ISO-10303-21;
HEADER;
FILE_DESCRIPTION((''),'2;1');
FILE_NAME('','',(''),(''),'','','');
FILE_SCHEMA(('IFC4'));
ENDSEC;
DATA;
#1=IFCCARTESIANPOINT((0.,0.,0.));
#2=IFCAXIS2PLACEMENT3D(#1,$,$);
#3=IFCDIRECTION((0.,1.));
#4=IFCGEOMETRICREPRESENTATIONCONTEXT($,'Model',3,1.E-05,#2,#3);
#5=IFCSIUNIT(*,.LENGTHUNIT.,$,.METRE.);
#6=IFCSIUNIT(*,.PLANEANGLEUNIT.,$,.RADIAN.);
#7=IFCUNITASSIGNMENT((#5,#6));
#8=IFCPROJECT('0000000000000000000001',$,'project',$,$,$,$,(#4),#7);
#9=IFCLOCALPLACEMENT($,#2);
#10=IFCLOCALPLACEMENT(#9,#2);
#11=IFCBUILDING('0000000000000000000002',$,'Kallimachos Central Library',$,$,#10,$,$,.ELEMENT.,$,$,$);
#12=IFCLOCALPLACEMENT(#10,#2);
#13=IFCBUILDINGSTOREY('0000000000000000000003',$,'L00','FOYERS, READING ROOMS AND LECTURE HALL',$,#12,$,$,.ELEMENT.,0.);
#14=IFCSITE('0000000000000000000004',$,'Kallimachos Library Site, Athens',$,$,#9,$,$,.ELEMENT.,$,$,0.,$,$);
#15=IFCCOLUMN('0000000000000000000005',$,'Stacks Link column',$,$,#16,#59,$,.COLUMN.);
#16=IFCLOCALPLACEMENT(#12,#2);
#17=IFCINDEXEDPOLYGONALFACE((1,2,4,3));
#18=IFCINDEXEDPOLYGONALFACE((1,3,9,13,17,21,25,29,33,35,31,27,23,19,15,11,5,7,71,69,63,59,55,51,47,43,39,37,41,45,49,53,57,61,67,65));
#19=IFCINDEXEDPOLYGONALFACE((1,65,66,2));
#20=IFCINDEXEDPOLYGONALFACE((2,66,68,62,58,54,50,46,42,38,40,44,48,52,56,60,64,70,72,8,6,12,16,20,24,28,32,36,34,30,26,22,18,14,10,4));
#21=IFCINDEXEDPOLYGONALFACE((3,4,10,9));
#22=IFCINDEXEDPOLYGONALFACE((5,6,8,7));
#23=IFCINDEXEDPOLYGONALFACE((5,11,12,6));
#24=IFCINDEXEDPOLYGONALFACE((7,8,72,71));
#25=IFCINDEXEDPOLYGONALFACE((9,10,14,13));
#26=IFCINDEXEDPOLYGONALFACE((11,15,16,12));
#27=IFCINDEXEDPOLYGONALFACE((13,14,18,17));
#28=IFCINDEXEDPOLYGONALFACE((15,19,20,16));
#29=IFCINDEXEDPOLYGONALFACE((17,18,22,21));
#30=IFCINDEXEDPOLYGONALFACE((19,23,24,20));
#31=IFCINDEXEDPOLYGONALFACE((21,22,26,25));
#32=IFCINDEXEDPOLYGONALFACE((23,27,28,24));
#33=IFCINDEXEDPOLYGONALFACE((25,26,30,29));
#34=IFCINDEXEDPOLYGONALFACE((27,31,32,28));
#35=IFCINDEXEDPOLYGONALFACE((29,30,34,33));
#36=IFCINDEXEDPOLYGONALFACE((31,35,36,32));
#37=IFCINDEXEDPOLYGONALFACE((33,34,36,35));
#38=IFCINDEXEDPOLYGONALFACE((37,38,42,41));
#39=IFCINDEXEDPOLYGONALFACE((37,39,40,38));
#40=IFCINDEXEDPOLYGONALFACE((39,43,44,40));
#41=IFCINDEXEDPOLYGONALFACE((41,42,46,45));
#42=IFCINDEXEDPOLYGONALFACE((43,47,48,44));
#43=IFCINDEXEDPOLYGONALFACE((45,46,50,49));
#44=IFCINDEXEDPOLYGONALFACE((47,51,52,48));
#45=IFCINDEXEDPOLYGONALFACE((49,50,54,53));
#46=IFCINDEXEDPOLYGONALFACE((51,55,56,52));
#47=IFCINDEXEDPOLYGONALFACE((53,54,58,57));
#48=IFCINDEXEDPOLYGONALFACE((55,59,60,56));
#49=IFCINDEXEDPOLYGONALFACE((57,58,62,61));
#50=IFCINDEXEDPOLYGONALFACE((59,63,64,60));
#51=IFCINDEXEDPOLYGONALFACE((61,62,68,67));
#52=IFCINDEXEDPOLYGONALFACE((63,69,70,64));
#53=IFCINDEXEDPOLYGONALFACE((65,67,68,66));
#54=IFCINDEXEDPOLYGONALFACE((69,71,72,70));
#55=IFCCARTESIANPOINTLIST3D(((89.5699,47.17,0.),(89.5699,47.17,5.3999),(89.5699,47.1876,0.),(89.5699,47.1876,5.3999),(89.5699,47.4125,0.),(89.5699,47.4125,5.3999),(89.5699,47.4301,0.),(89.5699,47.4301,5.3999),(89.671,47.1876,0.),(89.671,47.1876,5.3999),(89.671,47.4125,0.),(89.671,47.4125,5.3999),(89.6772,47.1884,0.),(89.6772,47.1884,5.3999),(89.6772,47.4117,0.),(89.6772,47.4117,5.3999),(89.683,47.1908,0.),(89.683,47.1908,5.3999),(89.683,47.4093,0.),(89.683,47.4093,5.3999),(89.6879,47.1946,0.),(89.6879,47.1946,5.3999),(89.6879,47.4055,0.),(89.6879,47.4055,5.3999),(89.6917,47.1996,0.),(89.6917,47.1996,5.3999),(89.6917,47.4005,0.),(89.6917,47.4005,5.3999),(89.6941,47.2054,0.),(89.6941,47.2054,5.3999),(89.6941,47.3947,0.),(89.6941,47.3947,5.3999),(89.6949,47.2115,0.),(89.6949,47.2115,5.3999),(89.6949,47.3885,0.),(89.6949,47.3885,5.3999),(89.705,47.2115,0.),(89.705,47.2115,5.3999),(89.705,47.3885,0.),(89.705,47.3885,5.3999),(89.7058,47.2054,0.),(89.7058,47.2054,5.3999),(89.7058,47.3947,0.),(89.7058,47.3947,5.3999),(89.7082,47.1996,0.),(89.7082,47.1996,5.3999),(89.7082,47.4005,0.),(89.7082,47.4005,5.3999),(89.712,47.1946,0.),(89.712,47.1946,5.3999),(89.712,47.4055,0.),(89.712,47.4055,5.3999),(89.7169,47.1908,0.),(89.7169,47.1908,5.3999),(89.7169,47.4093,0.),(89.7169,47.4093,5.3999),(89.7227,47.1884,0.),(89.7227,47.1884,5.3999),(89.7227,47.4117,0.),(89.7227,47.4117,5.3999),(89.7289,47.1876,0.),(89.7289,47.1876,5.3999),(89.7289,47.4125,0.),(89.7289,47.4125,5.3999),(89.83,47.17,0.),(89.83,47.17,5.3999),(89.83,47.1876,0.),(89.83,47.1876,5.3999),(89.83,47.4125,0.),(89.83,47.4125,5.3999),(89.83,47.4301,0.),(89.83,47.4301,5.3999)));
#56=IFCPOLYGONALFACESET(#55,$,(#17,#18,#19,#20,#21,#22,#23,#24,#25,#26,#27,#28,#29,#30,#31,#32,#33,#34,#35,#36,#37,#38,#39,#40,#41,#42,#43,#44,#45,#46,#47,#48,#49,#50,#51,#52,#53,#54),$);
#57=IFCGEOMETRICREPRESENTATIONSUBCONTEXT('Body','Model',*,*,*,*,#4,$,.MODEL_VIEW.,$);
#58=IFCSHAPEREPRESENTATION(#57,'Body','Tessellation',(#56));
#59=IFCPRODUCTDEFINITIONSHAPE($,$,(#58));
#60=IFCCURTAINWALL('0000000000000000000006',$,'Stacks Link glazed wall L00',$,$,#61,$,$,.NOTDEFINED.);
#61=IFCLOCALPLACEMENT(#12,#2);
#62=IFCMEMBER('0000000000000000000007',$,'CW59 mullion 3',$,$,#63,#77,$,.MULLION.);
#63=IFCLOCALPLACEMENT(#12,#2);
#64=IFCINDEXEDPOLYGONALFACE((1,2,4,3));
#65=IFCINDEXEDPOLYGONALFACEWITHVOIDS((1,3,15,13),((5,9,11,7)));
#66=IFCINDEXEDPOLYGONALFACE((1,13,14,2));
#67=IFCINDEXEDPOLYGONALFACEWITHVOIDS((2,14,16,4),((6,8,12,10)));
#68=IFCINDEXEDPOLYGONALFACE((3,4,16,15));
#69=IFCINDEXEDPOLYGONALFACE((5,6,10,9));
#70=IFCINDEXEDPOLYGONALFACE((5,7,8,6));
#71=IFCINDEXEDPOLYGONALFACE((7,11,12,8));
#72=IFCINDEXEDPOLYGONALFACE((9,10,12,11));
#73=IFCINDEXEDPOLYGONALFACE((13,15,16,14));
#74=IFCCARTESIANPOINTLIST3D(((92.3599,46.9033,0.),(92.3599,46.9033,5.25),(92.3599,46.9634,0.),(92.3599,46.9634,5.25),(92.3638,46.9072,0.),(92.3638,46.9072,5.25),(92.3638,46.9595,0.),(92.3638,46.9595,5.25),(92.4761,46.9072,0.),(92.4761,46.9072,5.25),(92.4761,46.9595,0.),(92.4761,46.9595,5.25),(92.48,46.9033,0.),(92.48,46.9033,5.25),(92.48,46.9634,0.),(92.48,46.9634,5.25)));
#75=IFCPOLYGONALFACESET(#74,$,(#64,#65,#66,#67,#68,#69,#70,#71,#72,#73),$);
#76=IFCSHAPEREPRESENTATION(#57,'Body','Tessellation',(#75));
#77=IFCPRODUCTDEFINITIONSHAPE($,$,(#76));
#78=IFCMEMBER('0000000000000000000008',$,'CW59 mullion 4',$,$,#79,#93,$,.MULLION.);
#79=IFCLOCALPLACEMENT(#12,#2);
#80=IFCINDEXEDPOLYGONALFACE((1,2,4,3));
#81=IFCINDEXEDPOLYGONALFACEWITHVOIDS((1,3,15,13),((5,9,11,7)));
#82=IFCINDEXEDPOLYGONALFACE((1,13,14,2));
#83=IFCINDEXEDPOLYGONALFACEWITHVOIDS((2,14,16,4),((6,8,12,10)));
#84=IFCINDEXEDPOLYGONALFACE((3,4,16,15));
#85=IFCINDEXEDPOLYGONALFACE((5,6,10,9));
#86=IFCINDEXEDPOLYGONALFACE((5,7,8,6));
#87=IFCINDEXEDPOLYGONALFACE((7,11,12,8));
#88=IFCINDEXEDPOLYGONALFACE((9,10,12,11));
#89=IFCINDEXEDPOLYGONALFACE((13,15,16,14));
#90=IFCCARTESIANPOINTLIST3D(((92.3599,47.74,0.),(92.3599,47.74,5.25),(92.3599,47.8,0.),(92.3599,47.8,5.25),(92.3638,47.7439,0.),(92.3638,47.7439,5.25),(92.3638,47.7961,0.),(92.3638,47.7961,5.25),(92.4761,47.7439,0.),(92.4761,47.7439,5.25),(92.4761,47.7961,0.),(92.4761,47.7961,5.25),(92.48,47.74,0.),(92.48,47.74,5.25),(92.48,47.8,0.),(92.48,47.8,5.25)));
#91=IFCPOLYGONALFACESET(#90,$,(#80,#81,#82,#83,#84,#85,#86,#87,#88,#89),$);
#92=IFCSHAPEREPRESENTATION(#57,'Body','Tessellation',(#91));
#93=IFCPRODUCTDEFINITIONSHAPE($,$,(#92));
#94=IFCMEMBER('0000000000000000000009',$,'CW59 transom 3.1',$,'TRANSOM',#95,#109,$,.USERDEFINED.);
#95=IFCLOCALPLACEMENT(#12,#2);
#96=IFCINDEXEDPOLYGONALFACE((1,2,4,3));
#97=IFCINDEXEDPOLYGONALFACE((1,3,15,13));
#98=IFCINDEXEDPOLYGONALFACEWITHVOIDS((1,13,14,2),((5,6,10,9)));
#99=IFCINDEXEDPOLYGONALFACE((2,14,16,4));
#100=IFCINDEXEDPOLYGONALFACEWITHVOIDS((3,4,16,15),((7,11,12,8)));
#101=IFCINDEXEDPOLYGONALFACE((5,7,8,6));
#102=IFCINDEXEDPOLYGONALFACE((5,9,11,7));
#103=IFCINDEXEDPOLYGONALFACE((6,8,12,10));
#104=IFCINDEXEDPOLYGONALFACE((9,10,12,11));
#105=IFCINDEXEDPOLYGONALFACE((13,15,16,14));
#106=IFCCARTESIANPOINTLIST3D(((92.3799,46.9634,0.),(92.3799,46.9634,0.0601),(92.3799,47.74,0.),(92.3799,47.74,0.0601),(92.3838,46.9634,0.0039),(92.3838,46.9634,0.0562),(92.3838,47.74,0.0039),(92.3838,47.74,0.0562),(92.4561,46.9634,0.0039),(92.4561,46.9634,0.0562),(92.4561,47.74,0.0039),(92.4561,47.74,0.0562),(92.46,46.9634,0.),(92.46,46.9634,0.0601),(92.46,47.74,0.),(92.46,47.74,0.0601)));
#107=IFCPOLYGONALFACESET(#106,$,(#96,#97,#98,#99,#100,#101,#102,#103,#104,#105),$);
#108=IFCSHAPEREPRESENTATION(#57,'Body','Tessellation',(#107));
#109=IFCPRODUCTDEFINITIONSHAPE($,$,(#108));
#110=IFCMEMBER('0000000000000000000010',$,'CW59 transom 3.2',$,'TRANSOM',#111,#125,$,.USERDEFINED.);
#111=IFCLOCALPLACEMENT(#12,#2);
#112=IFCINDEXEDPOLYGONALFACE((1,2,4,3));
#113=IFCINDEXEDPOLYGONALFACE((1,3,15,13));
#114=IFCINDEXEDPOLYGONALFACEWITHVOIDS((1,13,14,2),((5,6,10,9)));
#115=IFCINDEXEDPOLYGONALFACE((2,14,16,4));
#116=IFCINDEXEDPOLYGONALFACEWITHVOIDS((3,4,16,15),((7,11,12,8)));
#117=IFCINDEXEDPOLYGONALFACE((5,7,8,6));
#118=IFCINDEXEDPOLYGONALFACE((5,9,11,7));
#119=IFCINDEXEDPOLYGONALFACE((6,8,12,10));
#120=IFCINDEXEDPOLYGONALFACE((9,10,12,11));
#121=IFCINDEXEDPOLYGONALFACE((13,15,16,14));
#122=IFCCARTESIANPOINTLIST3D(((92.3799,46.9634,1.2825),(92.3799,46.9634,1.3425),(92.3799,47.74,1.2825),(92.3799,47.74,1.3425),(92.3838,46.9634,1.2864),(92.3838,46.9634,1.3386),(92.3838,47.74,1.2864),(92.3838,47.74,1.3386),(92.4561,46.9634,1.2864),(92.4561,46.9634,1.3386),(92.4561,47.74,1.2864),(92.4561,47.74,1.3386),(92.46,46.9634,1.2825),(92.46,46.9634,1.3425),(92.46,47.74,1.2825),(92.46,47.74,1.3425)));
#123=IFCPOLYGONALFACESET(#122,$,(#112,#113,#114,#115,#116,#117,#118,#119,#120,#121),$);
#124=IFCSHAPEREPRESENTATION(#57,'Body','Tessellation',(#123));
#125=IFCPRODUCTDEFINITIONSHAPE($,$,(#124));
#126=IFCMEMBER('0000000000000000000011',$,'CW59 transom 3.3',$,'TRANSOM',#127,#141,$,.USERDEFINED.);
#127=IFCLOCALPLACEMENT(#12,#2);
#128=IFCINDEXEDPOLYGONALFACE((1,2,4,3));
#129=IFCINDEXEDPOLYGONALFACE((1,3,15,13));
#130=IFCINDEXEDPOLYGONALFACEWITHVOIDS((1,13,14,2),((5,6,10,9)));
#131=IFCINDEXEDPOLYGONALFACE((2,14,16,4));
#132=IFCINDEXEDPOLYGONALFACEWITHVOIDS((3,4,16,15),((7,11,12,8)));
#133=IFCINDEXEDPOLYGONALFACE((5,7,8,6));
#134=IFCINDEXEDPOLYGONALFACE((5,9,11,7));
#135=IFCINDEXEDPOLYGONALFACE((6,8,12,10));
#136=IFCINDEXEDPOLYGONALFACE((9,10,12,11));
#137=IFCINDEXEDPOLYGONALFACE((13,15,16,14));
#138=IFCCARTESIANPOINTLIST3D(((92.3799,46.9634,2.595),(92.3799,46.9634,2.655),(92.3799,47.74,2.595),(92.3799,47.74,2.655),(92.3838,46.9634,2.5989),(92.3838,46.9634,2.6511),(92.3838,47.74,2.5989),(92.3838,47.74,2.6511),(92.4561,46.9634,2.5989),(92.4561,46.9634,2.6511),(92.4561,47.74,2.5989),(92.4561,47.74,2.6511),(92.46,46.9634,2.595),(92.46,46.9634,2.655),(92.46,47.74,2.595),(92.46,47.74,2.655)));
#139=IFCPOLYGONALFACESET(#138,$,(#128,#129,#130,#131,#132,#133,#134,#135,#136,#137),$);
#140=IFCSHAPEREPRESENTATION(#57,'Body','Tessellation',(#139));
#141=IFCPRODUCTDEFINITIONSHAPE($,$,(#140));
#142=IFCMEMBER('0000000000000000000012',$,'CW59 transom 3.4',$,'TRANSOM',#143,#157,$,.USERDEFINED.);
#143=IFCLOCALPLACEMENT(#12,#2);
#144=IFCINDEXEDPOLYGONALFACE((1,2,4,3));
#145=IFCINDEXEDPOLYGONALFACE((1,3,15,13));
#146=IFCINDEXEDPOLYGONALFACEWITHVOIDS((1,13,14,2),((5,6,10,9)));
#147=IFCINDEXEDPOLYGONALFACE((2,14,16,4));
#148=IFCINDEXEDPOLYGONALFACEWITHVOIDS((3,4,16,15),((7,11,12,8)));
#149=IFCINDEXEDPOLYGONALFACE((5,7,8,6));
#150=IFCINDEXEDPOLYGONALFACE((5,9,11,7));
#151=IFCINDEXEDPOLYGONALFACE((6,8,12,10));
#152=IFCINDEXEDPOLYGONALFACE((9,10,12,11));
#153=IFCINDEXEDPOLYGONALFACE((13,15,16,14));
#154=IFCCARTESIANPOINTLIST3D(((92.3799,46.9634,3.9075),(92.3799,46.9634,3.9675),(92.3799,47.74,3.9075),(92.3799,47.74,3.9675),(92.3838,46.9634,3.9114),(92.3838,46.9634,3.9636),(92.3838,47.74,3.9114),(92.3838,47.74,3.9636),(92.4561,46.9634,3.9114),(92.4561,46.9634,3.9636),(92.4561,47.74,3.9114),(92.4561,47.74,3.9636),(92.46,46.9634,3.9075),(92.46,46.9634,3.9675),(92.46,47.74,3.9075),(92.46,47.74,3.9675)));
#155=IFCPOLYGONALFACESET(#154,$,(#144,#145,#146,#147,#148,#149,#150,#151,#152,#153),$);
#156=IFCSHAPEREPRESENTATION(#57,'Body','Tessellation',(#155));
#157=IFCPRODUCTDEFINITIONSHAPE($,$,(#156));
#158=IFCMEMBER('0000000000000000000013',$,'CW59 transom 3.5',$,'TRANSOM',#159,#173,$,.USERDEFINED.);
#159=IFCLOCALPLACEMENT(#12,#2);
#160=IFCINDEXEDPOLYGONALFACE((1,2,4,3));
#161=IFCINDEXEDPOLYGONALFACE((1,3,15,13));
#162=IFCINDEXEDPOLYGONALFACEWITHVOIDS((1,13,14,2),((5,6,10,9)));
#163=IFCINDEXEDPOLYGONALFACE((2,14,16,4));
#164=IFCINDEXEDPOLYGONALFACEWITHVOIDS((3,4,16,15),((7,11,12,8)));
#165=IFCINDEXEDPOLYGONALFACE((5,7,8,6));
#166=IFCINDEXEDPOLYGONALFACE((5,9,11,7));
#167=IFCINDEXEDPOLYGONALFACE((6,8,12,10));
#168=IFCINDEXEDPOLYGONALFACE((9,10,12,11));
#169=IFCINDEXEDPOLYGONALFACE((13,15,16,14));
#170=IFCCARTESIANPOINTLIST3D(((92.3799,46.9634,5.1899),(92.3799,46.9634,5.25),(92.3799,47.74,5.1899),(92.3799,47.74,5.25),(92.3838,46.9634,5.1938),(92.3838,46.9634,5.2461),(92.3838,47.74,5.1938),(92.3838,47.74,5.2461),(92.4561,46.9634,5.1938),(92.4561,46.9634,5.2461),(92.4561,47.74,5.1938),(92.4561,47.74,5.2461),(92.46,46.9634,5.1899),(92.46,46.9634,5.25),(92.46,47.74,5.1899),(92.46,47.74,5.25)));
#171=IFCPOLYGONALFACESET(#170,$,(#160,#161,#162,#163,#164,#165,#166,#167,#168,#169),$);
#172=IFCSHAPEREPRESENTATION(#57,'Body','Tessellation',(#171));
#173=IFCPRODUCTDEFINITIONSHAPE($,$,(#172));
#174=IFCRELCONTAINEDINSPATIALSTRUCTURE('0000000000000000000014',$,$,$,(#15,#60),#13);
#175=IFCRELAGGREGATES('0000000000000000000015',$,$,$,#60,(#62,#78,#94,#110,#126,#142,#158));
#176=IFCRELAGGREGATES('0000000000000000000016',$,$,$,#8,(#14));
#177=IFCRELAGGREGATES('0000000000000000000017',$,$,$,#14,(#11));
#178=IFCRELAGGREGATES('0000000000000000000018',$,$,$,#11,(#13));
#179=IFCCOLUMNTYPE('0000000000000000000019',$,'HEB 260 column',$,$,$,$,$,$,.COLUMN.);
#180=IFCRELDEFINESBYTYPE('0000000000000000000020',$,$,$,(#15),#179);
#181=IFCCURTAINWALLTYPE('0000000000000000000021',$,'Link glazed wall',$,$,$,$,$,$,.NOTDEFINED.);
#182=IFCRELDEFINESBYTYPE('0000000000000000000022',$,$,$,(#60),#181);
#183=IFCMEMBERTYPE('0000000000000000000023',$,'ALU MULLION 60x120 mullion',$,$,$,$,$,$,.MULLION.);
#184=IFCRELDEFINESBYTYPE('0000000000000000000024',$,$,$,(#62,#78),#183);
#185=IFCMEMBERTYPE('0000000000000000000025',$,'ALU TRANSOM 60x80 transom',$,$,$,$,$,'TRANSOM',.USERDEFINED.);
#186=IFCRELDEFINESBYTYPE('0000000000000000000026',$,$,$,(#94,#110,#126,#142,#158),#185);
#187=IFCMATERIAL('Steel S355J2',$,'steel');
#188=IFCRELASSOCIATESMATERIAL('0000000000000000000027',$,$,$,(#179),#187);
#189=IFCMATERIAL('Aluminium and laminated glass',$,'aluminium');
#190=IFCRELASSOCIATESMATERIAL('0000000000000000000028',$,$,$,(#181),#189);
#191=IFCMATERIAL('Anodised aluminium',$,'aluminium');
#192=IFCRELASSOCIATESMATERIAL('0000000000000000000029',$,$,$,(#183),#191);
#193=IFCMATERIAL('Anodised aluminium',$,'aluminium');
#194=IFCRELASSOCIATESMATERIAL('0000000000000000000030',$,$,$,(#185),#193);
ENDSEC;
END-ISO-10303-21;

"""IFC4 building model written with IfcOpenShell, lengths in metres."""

from ifc_helpers import new_model, si_unit, direction, frame, origin, origin_2d, place, context, subcontext, project, spatial, hollow_rectangle, i_section, extrude, material, material_profile, profile_set, type_object, element, aggregate, save


model = new_model("IFC4")

# Units and contexts
model_context = context("Model", 3, precision=1e-05, world=origin(), true_north=direction((0.0, 1.0)))
body_context = subcontext(model_context, "Body", "Model", "MODEL_VIEW")
ifc_project = project(units=[si_unit("LENGTHUNIT", "METRE"), si_unit("PLANEANGLEUNIT", "RADIAN")], contexts=[model_context])

# Site, building, storey
site_placement = place(None, origin())
site = spatial("IfcSite", under=ifc_project, at=site_placement, Name="Kallimachos Library Site, Athens", CompositionType="ELEMENT", RefElevation=0.0)
building_placement = place(site_placement, origin())
building = spatial("IfcBuilding", under=site, at=building_placement, Name="Kallimachos Central Library", CompositionType="ELEMENT")
storey_placement = place(building_placement, origin())
storey = spatial("IfcBuildingStorey", under=building, at=storey_placement, Name="L00", Description="FOYERS, READING ROOMS AND LECTURE HALL", CompositionType="ELEMENT", Elevation=0.0)

# Column
ifc_material_1 = material(Name="Steel S355J2", Category="steel")
ifc_material_profile_1 = material_profile(ifc_material_1, i_section(OverallWidth=0.26, OverallDepth=0.26, WebThickness=0.01, FlangeThickness=0.0176, FilletRadius=0.0239, at=origin_2d()), Name="HEB 260")
ifc_profile_set_1 = profile_set([ifc_material_profile_1], Name="Steel S355J2")
column_type = type_object("IfcColumnType", Name="HEB 260 column", PredefinedType="COLUMN", material=ifc_profile_set_1)
column_placement = place(storey_placement, frame((89.7, 47.3, 0.0), z_axis=(0.0, 0.0, 1.0), x_axis=(1.0, 0.0, 0.0)))
element("IfcColumn", 1, at=column_placement, inside=storey, type_object=column_type, Name="Stacks Link column", PredefinedType="COLUMN", context=body_context, shape_type="SweptSolid", body=[
    extrude(i_section(OverallWidth=0.26, OverallDepth=0.26, WebThickness=0.01, FlangeThickness=0.0176, FilletRadius=0.0239, at=origin_2d()), origin(), (0.0, 0.0, 1.0), 5.3999),
])

# Curtain wall, members
ifc_material_2 = material(Name="Aluminium and laminated glass", Category="aluminium")
curtain_wall_type = type_object("IfcCurtainWallType", Name="Link glazed wall", PredefinedType="NOTDEFINED", material=ifc_material_2)
curtain_wall_placement = place(storey_placement, origin())
curtain_wall = element("IfcCurtainWall", 2, at=curtain_wall_placement, inside=storey, type_object=curtain_wall_type, Name="Stacks Link glazed wall L00", PredefinedType="NOTDEFINED")
ifc_material_3 = material(Name="Anodised aluminium", Category="aluminium")
ifc_material_profile_2 = material_profile(ifc_material_3, hollow_rectangle(XDim=0.0601, YDim=0.1201, WallThickness=0.0039, at=origin_2d()), Name="ALU MULLION 60x120")
ifc_profile_set_2 = profile_set([ifc_material_profile_2], Name="Anodised aluminium")
member_type_1 = type_object("IfcMemberType", Name="ALU MULLION 60x120 mullion", PredefinedType="MULLION", material=ifc_profile_set_2)
member_1_placement = place(storey_placement, frame((92.4199, 46.9333, 0.0), z_axis=(0.0, 0.0, 1.0), x_axis=(0.0, 1.0, 0.0)))
member_1 = element("IfcMember", 3, at=member_1_placement, type_object=member_type_1, Name="CW59 mullion 3", PredefinedType="MULLION", context=body_context, shape_type="SweptSolid", body=[
    extrude(hollow_rectangle(XDim=0.0601, YDim=0.1201, WallThickness=0.0039, at=origin_2d()), origin(), (0.0, 0.0, 1.0), 5.25),
])
member_2_placement = place(storey_placement, frame((92.4199, 47.77, 0.0), z_axis=(0.0, 0.0, 1.0), x_axis=(0.0, 1.0, 0.0)))
member_2 = element("IfcMember", 4, at=member_2_placement, type_object=member_type_1, Name="CW59 mullion 4", PredefinedType="MULLION", context=body_context, shape_type="SweptSolid", body=[
    extrude(hollow_rectangle(XDim=0.0601, YDim=0.1201, WallThickness=0.0039, at=origin_2d()), origin(), (0.0, 0.0, 1.0), 5.25),
])
ifc_material_4 = material(Name="Anodised aluminium", Category="aluminium")
ifc_material_profile_3 = material_profile(ifc_material_4, hollow_rectangle(XDim=0.0601, YDim=0.0801, WallThickness=0.0039, at=origin_2d()), Name="ALU TRANSOM 60x80")
ifc_profile_set_3 = profile_set([ifc_material_profile_3], Name="Anodised aluminium")
member_type_2 = type_object("IfcMemberType", Name="ALU TRANSOM 60x80 transom", ElementType="TRANSOM", PredefinedType="USERDEFINED", material=ifc_profile_set_3)
member_3_placement = place(storey_placement, frame((92.4199, 46.9634, 0.03), z_axis=(0.0, 1.0, 0.0), x_axis=(0.0, 0.0, 1.0)))
member_3 = element("IfcMember", 5, at=member_3_placement, type_object=member_type_2, Name="CW59 transom 3.1", ObjectType="TRANSOM", PredefinedType="USERDEFINED", context=body_context, shape_type="SweptSolid", body=[
    extrude(hollow_rectangle(XDim=0.0601, YDim=0.0801, WallThickness=0.0039, at=origin_2d()), origin(), (0.0, 0.0, 1.0), 0.7766),
])
member_4_placement = place(storey_placement, frame((92.4199, 46.9634, 1.3125), z_axis=(0.0, 1.0, 0.0), x_axis=(0.0, 0.0, 1.0)))
member_4 = element("IfcMember", 6, at=member_4_placement, type_object=member_type_2, Name="CW59 transom 3.2", ObjectType="TRANSOM", PredefinedType="USERDEFINED", context=body_context, shape_type="SweptSolid", body=[
    extrude(hollow_rectangle(XDim=0.0601, YDim=0.0801, WallThickness=0.0039, at=origin_2d()), origin(), (0.0, 0.0, 1.0), 0.7766),
])
member_5_placement = place(storey_placement, frame((92.4199, 46.9634, 2.625), z_axis=(0.0, 1.0, 0.0), x_axis=(0.0, 0.0, 1.0)))
member_5 = element("IfcMember", 7, at=member_5_placement, type_object=member_type_2, Name="CW59 transom 3.3", ObjectType="TRANSOM", PredefinedType="USERDEFINED", context=body_context, shape_type="SweptSolid", body=[
    extrude(hollow_rectangle(XDim=0.0601, YDim=0.0801, WallThickness=0.0039, at=origin_2d()), origin(), (0.0, 0.0, 1.0), 0.7766),
])
member_6_placement = place(storey_placement, frame((92.4199, 46.9634, 3.9375), z_axis=(0.0, 1.0, 0.0), x_axis=(0.0, 0.0, 1.0)))
member_6 = element("IfcMember", 8, at=member_6_placement, type_object=member_type_2, Name="CW59 transom 3.4", ObjectType="TRANSOM", PredefinedType="USERDEFINED", context=body_context, shape_type="SweptSolid", body=[
    extrude(hollow_rectangle(XDim=0.0601, YDim=0.0801, WallThickness=0.0039, at=origin_2d()), origin(), (0.0, 0.0, 1.0), 0.7766),
])
member_7_placement = place(storey_placement, frame((92.4199, 46.9634, 5.22), z_axis=(0.0, 1.0, 0.0), x_axis=(0.0, 0.0, 1.0)))
member_7 = element("IfcMember", 9, at=member_7_placement, type_object=member_type_2, Name="CW59 transom 3.5", ObjectType="TRANSOM", PredefinedType="USERDEFINED", context=body_context, shape_type="SweptSolid", body=[
    extrude(hollow_rectangle(XDim=0.0601, YDim=0.0801, WallThickness=0.0039, at=origin_2d()), origin(), (0.0, 0.0, 1.0), 0.7766),
])

aggregate(curtain_wall, [member_1, member_2, member_3, member_4, member_5, member_6, member_7])

save(model, "model.ifc")
